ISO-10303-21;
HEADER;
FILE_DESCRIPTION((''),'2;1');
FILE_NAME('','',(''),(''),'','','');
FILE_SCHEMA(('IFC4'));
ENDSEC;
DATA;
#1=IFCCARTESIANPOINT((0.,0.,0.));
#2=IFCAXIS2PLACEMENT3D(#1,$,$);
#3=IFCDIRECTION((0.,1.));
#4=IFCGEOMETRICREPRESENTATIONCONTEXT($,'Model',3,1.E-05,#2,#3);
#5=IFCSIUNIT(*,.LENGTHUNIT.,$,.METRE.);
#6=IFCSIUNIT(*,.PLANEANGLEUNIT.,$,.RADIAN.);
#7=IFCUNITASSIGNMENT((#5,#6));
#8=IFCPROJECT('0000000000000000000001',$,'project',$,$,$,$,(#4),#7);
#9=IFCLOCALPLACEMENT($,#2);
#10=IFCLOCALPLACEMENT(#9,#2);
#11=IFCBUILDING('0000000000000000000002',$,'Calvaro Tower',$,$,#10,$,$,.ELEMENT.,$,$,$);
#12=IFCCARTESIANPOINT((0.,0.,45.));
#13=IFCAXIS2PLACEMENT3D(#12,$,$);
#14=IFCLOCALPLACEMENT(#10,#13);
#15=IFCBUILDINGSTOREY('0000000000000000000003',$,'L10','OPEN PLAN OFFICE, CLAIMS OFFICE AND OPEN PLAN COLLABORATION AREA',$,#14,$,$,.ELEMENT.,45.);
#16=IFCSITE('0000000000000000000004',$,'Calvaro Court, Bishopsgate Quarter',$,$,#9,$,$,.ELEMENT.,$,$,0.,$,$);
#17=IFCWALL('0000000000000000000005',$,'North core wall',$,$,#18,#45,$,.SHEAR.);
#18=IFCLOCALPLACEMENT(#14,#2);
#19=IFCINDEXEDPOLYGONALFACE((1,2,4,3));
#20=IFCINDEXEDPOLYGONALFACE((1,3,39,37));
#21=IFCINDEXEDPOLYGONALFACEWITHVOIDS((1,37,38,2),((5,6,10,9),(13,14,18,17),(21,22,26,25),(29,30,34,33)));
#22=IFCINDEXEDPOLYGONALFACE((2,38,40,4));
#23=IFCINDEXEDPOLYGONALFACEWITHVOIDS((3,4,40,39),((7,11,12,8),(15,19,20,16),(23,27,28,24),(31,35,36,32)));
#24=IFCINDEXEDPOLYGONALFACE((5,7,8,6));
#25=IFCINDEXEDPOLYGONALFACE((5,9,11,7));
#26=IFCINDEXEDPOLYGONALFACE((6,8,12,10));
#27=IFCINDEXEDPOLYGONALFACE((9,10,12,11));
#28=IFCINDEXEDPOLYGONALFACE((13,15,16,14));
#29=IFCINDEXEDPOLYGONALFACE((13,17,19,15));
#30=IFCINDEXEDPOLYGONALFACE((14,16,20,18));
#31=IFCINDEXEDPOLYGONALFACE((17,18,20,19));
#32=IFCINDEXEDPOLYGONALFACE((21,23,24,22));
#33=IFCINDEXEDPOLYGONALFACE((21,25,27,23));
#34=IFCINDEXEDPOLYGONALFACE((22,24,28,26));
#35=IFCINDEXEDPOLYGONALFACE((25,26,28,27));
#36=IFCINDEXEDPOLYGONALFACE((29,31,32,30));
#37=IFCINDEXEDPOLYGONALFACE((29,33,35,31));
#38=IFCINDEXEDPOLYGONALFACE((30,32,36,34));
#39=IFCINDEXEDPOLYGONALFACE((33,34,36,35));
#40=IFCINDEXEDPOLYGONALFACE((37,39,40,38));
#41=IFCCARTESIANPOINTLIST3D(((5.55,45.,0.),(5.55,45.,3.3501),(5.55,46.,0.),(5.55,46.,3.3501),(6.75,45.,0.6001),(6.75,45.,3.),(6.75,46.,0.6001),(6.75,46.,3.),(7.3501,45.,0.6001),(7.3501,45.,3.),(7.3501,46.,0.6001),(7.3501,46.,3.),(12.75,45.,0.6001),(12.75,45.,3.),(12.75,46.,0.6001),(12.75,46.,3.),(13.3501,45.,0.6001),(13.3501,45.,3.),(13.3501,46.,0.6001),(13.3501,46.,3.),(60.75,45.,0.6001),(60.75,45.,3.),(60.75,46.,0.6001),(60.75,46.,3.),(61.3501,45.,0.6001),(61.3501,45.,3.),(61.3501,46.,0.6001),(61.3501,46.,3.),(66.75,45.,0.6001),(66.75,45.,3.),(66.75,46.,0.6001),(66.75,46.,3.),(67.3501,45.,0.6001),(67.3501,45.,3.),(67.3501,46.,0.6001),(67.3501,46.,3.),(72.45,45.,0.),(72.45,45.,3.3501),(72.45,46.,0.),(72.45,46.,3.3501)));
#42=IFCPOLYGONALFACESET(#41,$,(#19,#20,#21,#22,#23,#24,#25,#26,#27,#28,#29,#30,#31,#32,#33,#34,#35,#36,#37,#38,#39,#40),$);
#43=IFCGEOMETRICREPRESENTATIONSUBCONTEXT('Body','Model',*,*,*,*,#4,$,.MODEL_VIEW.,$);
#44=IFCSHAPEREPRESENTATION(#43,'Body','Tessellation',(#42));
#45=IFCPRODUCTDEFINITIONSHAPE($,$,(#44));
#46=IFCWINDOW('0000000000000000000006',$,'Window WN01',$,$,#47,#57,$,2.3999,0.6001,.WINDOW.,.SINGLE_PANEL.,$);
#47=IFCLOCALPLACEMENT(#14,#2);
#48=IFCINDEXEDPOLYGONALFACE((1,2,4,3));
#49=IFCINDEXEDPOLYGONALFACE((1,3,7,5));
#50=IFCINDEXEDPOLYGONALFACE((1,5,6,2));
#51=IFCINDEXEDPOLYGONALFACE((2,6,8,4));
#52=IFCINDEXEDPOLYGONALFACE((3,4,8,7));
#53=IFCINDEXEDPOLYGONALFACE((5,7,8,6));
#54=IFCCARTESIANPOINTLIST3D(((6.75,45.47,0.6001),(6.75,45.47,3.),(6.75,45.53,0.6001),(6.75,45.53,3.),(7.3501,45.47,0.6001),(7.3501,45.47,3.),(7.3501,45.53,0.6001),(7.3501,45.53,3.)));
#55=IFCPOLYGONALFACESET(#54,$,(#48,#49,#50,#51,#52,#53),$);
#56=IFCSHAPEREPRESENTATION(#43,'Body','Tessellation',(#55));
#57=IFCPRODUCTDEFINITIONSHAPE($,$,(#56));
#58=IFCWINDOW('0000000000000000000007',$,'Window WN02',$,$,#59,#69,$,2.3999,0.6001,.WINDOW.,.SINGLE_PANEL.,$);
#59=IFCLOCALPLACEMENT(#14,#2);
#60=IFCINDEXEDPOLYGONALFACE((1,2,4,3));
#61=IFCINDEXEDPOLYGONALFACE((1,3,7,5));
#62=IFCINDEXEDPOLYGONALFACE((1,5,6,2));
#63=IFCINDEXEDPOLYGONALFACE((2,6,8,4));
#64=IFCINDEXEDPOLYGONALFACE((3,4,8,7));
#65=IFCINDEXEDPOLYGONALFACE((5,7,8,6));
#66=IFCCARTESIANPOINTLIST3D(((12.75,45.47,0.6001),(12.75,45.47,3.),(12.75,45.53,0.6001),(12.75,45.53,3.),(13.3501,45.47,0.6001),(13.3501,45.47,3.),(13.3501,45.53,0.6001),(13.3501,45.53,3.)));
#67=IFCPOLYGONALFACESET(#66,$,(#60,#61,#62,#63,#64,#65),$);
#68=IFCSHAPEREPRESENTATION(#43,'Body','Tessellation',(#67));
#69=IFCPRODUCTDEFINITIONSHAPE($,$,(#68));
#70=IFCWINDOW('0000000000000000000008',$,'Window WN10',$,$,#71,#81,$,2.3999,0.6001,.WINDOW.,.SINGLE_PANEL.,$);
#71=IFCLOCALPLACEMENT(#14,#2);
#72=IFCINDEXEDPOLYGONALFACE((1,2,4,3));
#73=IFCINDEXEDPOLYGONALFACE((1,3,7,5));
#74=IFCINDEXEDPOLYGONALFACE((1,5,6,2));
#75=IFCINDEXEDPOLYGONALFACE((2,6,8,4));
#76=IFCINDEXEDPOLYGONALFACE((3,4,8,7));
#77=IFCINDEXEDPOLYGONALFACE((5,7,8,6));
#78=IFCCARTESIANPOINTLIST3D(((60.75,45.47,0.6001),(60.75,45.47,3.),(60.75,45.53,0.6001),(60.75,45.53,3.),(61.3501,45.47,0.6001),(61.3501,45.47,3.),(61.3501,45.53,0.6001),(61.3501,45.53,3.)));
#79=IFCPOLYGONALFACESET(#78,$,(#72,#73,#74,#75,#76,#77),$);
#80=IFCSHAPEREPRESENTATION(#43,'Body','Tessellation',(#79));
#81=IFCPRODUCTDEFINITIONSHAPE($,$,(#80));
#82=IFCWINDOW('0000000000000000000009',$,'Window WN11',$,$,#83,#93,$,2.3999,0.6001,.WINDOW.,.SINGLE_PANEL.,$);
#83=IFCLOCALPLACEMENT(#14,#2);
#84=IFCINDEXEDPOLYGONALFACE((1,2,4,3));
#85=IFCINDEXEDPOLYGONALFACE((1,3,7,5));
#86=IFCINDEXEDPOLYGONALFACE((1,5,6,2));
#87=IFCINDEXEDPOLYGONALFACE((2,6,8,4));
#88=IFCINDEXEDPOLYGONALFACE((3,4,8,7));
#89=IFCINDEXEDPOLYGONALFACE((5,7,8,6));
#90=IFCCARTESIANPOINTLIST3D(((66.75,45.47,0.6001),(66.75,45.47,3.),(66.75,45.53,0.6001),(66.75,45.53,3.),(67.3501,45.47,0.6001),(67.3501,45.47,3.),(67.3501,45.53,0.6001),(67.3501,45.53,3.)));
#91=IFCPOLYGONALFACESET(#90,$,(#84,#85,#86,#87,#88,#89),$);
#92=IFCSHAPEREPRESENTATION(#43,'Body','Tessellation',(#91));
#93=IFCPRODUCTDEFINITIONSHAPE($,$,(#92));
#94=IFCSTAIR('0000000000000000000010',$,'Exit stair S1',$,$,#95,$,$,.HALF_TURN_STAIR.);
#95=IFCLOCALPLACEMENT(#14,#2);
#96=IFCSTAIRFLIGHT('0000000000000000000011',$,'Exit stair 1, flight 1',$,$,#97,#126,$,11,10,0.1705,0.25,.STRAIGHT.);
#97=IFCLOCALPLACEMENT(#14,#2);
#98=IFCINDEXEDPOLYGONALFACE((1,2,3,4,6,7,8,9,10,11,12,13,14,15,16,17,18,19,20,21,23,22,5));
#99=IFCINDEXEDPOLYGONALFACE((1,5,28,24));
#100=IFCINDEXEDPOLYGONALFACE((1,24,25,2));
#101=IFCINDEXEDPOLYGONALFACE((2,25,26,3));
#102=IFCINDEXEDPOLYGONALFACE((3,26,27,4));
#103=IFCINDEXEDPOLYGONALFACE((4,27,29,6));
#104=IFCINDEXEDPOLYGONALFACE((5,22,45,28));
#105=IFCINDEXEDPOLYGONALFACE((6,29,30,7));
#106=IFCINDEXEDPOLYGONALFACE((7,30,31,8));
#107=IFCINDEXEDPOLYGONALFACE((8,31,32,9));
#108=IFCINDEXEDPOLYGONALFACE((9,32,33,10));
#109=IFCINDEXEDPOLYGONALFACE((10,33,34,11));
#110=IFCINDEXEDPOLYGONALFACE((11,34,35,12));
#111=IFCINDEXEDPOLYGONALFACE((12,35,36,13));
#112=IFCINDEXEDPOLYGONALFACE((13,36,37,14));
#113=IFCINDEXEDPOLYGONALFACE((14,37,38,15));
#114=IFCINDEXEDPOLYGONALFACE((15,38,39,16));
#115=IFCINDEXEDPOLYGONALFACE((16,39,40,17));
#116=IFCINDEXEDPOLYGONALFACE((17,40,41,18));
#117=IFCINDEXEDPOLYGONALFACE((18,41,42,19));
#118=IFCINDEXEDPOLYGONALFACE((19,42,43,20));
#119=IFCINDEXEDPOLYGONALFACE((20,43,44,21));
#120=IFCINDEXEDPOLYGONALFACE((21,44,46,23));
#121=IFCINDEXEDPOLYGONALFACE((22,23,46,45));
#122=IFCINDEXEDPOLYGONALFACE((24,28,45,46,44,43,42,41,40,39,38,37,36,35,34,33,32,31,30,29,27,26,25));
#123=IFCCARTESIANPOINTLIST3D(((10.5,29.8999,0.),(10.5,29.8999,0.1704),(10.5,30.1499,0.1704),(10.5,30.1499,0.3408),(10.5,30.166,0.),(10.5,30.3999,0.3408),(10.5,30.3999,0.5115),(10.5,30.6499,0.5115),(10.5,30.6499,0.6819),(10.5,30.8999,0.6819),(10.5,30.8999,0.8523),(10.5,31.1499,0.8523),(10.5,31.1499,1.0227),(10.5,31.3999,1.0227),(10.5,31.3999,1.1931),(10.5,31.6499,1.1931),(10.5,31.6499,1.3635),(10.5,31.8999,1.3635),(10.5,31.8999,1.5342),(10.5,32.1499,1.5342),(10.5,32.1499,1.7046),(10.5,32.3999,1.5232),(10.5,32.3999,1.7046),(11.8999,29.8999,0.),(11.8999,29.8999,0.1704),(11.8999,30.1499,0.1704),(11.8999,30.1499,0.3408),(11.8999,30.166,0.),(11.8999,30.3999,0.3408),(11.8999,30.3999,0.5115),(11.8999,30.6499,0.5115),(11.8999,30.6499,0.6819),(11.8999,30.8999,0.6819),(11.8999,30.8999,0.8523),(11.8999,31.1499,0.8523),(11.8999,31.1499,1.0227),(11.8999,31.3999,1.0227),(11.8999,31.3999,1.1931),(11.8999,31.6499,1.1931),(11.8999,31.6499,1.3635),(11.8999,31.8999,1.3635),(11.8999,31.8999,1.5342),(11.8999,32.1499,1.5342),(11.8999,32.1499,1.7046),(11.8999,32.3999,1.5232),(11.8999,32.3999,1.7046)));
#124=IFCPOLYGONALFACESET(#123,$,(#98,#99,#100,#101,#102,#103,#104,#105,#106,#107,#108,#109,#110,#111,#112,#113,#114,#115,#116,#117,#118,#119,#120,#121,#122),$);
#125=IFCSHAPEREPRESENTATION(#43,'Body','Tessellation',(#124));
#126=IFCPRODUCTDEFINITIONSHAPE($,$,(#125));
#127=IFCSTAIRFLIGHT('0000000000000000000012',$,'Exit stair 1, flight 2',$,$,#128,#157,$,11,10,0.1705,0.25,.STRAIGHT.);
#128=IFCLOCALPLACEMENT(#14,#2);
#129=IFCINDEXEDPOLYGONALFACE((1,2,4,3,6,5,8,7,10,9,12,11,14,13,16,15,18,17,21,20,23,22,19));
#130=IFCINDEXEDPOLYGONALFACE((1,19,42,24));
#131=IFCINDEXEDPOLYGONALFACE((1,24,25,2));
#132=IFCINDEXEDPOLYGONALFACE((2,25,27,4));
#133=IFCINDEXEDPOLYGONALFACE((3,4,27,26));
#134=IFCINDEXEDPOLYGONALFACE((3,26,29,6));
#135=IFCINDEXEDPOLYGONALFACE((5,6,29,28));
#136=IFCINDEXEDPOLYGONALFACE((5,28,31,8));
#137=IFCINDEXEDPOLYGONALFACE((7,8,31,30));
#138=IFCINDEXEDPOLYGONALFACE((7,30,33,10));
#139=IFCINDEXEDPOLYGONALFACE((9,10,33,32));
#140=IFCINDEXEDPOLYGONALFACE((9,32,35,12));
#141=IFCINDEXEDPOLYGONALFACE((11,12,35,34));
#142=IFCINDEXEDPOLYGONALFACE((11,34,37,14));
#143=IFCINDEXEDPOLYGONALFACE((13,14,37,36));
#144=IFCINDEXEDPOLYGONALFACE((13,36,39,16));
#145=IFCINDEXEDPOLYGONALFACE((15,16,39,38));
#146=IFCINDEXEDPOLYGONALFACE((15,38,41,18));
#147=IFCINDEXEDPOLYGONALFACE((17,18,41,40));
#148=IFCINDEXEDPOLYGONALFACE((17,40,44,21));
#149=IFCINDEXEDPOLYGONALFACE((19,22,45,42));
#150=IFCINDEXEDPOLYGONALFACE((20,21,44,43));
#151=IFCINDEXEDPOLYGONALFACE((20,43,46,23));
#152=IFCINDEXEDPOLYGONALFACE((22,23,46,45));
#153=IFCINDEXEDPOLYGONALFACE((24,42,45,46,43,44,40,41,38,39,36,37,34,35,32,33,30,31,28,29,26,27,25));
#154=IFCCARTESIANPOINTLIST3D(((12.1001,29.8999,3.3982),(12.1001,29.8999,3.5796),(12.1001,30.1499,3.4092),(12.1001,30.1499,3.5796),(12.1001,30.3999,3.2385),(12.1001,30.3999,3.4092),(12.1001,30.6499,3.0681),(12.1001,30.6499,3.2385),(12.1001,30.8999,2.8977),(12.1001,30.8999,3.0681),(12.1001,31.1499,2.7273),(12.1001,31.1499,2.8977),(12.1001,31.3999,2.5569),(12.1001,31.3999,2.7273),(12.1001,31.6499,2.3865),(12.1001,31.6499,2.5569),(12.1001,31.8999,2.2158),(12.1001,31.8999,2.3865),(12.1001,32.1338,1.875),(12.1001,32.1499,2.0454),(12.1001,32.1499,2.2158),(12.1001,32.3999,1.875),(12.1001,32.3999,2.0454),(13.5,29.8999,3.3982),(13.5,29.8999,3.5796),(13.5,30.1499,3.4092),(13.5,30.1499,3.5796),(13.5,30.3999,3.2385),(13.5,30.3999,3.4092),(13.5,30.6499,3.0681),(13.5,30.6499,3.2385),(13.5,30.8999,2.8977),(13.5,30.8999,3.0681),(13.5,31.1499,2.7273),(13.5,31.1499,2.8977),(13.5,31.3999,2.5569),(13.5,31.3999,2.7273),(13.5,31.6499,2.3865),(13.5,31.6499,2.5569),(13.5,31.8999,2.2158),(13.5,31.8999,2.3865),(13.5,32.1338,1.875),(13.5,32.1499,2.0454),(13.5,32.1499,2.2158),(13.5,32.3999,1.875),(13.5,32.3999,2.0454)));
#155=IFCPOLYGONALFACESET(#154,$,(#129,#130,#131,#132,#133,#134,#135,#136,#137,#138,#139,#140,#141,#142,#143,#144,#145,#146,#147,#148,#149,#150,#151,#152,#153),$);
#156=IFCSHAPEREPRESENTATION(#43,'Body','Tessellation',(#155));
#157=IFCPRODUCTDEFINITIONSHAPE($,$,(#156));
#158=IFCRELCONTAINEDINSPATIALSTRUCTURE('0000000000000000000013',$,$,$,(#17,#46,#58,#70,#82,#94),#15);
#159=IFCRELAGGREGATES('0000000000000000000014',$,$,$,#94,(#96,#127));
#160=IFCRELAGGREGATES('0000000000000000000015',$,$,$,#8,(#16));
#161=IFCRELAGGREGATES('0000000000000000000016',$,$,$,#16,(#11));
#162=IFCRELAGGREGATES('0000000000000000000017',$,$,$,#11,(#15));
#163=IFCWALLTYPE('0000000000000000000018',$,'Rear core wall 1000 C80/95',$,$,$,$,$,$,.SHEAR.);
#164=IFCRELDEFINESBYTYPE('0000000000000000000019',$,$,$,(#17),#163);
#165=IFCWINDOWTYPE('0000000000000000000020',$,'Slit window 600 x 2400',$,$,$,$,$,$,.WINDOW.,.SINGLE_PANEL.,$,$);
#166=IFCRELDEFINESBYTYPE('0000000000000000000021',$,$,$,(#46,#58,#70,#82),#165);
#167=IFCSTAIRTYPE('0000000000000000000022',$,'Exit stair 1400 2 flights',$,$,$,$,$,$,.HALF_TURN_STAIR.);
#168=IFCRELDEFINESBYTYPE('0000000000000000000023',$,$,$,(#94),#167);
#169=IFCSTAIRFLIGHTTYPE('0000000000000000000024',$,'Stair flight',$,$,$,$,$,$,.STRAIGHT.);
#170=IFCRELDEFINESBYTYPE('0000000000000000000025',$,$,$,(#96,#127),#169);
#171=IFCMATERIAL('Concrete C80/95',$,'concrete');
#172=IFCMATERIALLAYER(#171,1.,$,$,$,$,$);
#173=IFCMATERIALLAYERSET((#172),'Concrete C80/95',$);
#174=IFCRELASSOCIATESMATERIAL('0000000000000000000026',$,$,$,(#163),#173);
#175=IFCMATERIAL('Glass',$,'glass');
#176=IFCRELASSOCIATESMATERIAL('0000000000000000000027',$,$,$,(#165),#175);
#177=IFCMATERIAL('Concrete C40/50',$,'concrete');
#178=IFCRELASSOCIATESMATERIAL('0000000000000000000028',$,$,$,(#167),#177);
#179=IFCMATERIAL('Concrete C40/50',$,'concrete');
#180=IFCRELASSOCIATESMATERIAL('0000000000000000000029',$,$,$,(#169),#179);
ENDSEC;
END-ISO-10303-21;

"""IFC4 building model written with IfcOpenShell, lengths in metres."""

from ifc_helpers import new_model, si_unit, direction, frame, frame_2d, origin, place, context, subcontext, project, spatial, polyline, rectangle, outline, extrude, material, layer, layer_set, type_object, element, fill, aggregate, save


model = new_model("IFC4")

# Units and contexts
model_context = context("Model", 3, precision=1e-05, world=origin(), true_north=direction((0.0, 1.0)))
body_context = subcontext(model_context, "Body", "Model", "MODEL_VIEW")
ifc_project = project(units=[si_unit("LENGTHUNIT", "METRE"), si_unit("PLANEANGLEUNIT", "RADIAN")], contexts=[model_context])

# Site, building, storey
site_placement = place(None, origin())
site = spatial("IfcSite", under=ifc_project, at=site_placement, Name="Calvaro Court, Bishopsgate Quarter", CompositionType="ELEMENT", RefElevation=0.0)
building_placement = place(site_placement, origin())
building = spatial("IfcBuilding", under=site, at=building_placement, Name="Calvaro Tower", CompositionType="ELEMENT")
storey_placement = place(building_placement, frame((0.0, 0.0, 45.0)))
storey = spatial("IfcBuildingStorey", under=building, at=storey_placement, Name="L10", Description="OPEN PLAN OFFICE, CLAIMS OFFICE AND OPEN PLAN COLLABORATION AREA", CompositionType="ELEMENT", Elevation=45.0)

# Wall, openings, windows
ifc_material_1 = material(Name="Concrete C80/95", Category="concrete")
ifc_layer_1 = layer(ifc_material_1, 1.0)
ifc_layer_set_1 = layer_set([ifc_layer_1], Name="Concrete C80/95")
wall_type_1 = type_object("IfcWallType", Name="Rear core wall 1000 C80/95", PredefinedType="SHEAR", material=ifc_layer_set_1)
wall_1_placement = place(storey_placement, frame((5.55, 45.5, 0.0), z_axis=(0.0, 0.0, 1.0), x_axis=(1.0, 0.0, 0.0)))
wall_1 = element("IfcWall", 1, at=wall_1_placement, inside=storey, type_object=wall_type_1, Name="North core wall", PredefinedType="SHEAR", context=body_context, shape_type="SweptSolid", body=[
    extrude(rectangle(XDim=66.8999, YDim=1.0, at=frame_2d((33.45, 0.0))), origin(), (0.0, 0.0, 1.0), 3.3501),
])
opening_1_placement = place(wall_1_placement, frame((1.2, 0.0, 0.6001)))
opening_1 = element("IfcOpeningElement", 2, at=opening_1_placement, cuts=wall_1, PredefinedType="OPENING", context=body_context, shape_type="SweptSolid", body=[
    extrude(rectangle(XDim=0.6001, YDim=2.3999, at=frame_2d((0.3, 1.2))), frame((0.0, 0.51, 0.0), z_axis=(0.0, -1.0, 0.0), x_axis=(1.0, 0.0, 0.0)), (0.0, 0.0, 1.0), 1.02),
])
opening_2_placement = place(wall_1_placement, frame((7.2, 0.0, 0.6001)))
opening_2 = element("IfcOpeningElement", 3, at=opening_2_placement, cuts=wall_1, PredefinedType="OPENING", context=body_context, shape_type="SweptSolid", body=[
    extrude(rectangle(XDim=0.6001, YDim=2.3999, at=frame_2d((0.3, 1.2))), frame((0.0, 0.51, 0.0), z_axis=(0.0, -1.0, 0.0), x_axis=(1.0, 0.0, 0.0)), (0.0, 0.0, 1.0), 1.02),
])
opening_3_placement = place(wall_1_placement, frame((55.2, 0.0, 0.6001)))
opening_3 = element("IfcOpeningElement", 4, at=opening_3_placement, cuts=wall_1, PredefinedType="OPENING", context=body_context, shape_type="SweptSolid", body=[
    extrude(rectangle(XDim=0.6001, YDim=2.3999, at=frame_2d((0.3, 1.2))), frame((0.0, 0.51, 0.0), z_axis=(0.0, -1.0, 0.0), x_axis=(1.0, 0.0, 0.0)), (0.0, 0.0, 1.0), 1.02),
])
opening_4_placement = place(wall_1_placement, frame((61.2, 0.0, 0.6001)))
opening_4 = element("IfcOpeningElement", 5, at=opening_4_placement, cuts=wall_1, PredefinedType="OPENING", context=body_context, shape_type="SweptSolid", body=[
    extrude(rectangle(XDim=0.6001, YDim=2.3999, at=frame_2d((0.3, 1.2))), frame((0.0, 0.51, 0.0), z_axis=(0.0, -1.0, 0.0), x_axis=(1.0, 0.0, 0.0)), (0.0, 0.0, 1.0), 1.02),
])
ifc_material_2 = material(Name="Glass", Category="glass")
window_type = type_object("IfcWindowType", Name="Slit window 600 x 2400", PartitioningType="SINGLE_PANEL", PredefinedType="WINDOW", material=ifc_material_2)
window_1_placement = place(opening_1_placement, origin())
window_1 = element("IfcWindow", 6, at=window_1_placement, inside=storey, type_object=window_type, Name="Window WN01", OverallHeight=2.3999, OverallWidth=0.6001, PartitioningType="SINGLE_PANEL", PredefinedType="WINDOW", context=body_context, shape_type="SweptSolid", body=[
    extrude(rectangle(XDim=0.6001, YDim=2.3999, at=frame_2d((0.3, 1.2))), frame((0.0, 0.03, 0.0), z_axis=(0.0, -1.0, 0.0), x_axis=(1.0, 0.0, 0.0)), (0.0, 0.0, 1.0), 0.0601),
])
fill(opening_1, window_1)
window_2_placement = place(opening_2_placement, origin())
window_2 = element("IfcWindow", 7, at=window_2_placement, inside=storey, type_object=window_type, Name="Window WN02", OverallHeight=2.3999, OverallWidth=0.6001, PartitioningType="SINGLE_PANEL", PredefinedType="WINDOW", context=body_context, shape_type="SweptSolid", body=[
    extrude(rectangle(XDim=0.6001, YDim=2.3999, at=frame_2d((0.3, 1.2))), frame((0.0, 0.03, 0.0), z_axis=(0.0, -1.0, 0.0), x_axis=(1.0, 0.0, 0.0)), (0.0, 0.0, 1.0), 0.0601),
])
fill(opening_2, window_2)
window_3_placement = place(opening_3_placement, origin())
window_3 = element("IfcWindow", 8, at=window_3_placement, inside=storey, type_object=window_type, Name="Window WN10", OverallHeight=2.3999, OverallWidth=0.6001, PartitioningType="SINGLE_PANEL", PredefinedType="WINDOW", context=body_context, shape_type="SweptSolid", body=[
    extrude(rectangle(XDim=0.6001, YDim=2.3999, at=frame_2d((0.3, 1.2))), frame((0.0, 0.03, 0.0), z_axis=(0.0, -1.0, 0.0), x_axis=(1.0, 0.0, 0.0)), (0.0, 0.0, 1.0), 0.0601),
])
fill(opening_3, window_3)
window_4_placement = place(opening_4_placement, origin())
window_4 = element("IfcWindow", 9, at=window_4_placement, inside=storey, type_object=window_type, Name="Window WN11", OverallHeight=2.3999, OverallWidth=0.6001, PartitioningType="SINGLE_PANEL", PredefinedType="WINDOW", context=body_context, shape_type="SweptSolid", body=[
    extrude(rectangle(XDim=0.6001, YDim=2.3999, at=frame_2d((0.3, 1.2))), frame((0.0, 0.03, 0.0), z_axis=(0.0, -1.0, 0.0), x_axis=(1.0, 0.0, 0.0)), (0.0, 0.0, 1.0), 0.0601),
])
fill(opening_4, window_4)

# Stair, stair flights
ifc_material_3 = material(Name="Concrete C40/50", Category="concrete")
stair_type = type_object("IfcStairType", Name="Exit stair 1400 2 flights", PredefinedType="HALF_TURN_STAIR", material=ifc_material_3)
stair_placement = place(storey_placement, origin())
stair = element("IfcStair", 10, at=stair_placement, inside=storey, type_object=stair_type, Name="Exit stair S1", PredefinedType="HALF_TURN_STAIR")
ifc_material_4 = material(Name="Concrete C40/50", Category="concrete")
stair_flight_type = type_object("IfcStairFlightType", Name="Stair flight", PredefinedType="STRAIGHT", material=ifc_material_4)
stair_flight_1_placement = place(storey_placement, frame((11.2, 29.8999, 0.0), z_axis=(0.0, 0.0, 1.0), x_axis=(0.0, 1.0, 0.0)))
stair_flight_1 = element("IfcStairFlight", 11, at=stair_flight_1_placement, type_object=stair_flight_type, Name="Exit stair 1, flight 1", NumberOfRisers=11, NumberOfTreads=10, PredefinedType="STRAIGHT", RiserHeight=0.1705, TreadLength=0.25, context=body_context, shape_type="SweptSolid", body=[
    extrude(outline(polyline([(0.0, 0.0), (0.0, 0.1704), (0.25, 0.1704), (0.25, 0.3408), (0.5, 0.3408), (0.5, 0.5115), (0.75, 0.5115), (0.75, 0.6819), (1.0, 0.6819), (1.0, 0.8523), (1.25, 0.8523), (1.25, 1.0227), (1.5, 1.0227), (1.5, 1.1931), (1.75, 1.1931), (1.75, 1.3635), (2.0, 1.3635), (2.0, 1.5342), (2.25, 1.5342), (2.25, 1.7046), (2.5, 1.7046), (2.5, 1.875), (2.5, 1.5232), (0.2661, 0.0), (0.0, 0.0)])), frame((0.0, 0.7, 0.0), z_axis=(0.0, -1.0, 0.0), x_axis=(1.0, 0.0, 0.0)), (0.0, 0.0, 1.0), 1.3999),
])
stair_flight_2_placement = place(storey_placement, frame((12.8, 32.3999, 1.875), z_axis=(0.0, 0.0, 1.0), x_axis=(0.0, -1.0, 0.0)))
stair_flight_2 = element("IfcStairFlight", 12, at=stair_flight_2_placement, type_object=stair_flight_type, Name="Exit stair 1, flight 2", NumberOfRisers=11, NumberOfTreads=10, PredefinedType="STRAIGHT", RiserHeight=0.1705, TreadLength=0.25, context=body_context, shape_type="SweptSolid", body=[
    extrude(outline(polyline([(0.0, 0.0), (0.0, 0.1704), (0.25, 0.1704), (0.25, 0.3408), (0.5, 0.3408), (0.5, 0.5115), (0.75, 0.5115), (0.75, 0.6819), (1.0, 0.6819), (1.0, 0.8523), (1.25, 0.8523), (1.25, 1.0227), (1.5, 1.0227), (1.5, 1.1931), (1.75, 1.1931), (1.75, 1.3635), (2.0, 1.3635), (2.0, 1.5342), (2.25, 1.5342), (2.25, 1.7046), (2.5, 1.7046), (2.5, 1.875), (2.5, 1.5232), (0.2661, 0.0), (0.0, 0.0)])), frame((0.0, 0.7, 0.0), z_axis=(0.0, -1.0, 0.0), x_axis=(1.0, 0.0, 0.0)), (0.0, 0.0, 1.0), 1.3999),
])
aggregate(stair, [stair_flight_1, stair_flight_2])

save(model, "model.ifc")
